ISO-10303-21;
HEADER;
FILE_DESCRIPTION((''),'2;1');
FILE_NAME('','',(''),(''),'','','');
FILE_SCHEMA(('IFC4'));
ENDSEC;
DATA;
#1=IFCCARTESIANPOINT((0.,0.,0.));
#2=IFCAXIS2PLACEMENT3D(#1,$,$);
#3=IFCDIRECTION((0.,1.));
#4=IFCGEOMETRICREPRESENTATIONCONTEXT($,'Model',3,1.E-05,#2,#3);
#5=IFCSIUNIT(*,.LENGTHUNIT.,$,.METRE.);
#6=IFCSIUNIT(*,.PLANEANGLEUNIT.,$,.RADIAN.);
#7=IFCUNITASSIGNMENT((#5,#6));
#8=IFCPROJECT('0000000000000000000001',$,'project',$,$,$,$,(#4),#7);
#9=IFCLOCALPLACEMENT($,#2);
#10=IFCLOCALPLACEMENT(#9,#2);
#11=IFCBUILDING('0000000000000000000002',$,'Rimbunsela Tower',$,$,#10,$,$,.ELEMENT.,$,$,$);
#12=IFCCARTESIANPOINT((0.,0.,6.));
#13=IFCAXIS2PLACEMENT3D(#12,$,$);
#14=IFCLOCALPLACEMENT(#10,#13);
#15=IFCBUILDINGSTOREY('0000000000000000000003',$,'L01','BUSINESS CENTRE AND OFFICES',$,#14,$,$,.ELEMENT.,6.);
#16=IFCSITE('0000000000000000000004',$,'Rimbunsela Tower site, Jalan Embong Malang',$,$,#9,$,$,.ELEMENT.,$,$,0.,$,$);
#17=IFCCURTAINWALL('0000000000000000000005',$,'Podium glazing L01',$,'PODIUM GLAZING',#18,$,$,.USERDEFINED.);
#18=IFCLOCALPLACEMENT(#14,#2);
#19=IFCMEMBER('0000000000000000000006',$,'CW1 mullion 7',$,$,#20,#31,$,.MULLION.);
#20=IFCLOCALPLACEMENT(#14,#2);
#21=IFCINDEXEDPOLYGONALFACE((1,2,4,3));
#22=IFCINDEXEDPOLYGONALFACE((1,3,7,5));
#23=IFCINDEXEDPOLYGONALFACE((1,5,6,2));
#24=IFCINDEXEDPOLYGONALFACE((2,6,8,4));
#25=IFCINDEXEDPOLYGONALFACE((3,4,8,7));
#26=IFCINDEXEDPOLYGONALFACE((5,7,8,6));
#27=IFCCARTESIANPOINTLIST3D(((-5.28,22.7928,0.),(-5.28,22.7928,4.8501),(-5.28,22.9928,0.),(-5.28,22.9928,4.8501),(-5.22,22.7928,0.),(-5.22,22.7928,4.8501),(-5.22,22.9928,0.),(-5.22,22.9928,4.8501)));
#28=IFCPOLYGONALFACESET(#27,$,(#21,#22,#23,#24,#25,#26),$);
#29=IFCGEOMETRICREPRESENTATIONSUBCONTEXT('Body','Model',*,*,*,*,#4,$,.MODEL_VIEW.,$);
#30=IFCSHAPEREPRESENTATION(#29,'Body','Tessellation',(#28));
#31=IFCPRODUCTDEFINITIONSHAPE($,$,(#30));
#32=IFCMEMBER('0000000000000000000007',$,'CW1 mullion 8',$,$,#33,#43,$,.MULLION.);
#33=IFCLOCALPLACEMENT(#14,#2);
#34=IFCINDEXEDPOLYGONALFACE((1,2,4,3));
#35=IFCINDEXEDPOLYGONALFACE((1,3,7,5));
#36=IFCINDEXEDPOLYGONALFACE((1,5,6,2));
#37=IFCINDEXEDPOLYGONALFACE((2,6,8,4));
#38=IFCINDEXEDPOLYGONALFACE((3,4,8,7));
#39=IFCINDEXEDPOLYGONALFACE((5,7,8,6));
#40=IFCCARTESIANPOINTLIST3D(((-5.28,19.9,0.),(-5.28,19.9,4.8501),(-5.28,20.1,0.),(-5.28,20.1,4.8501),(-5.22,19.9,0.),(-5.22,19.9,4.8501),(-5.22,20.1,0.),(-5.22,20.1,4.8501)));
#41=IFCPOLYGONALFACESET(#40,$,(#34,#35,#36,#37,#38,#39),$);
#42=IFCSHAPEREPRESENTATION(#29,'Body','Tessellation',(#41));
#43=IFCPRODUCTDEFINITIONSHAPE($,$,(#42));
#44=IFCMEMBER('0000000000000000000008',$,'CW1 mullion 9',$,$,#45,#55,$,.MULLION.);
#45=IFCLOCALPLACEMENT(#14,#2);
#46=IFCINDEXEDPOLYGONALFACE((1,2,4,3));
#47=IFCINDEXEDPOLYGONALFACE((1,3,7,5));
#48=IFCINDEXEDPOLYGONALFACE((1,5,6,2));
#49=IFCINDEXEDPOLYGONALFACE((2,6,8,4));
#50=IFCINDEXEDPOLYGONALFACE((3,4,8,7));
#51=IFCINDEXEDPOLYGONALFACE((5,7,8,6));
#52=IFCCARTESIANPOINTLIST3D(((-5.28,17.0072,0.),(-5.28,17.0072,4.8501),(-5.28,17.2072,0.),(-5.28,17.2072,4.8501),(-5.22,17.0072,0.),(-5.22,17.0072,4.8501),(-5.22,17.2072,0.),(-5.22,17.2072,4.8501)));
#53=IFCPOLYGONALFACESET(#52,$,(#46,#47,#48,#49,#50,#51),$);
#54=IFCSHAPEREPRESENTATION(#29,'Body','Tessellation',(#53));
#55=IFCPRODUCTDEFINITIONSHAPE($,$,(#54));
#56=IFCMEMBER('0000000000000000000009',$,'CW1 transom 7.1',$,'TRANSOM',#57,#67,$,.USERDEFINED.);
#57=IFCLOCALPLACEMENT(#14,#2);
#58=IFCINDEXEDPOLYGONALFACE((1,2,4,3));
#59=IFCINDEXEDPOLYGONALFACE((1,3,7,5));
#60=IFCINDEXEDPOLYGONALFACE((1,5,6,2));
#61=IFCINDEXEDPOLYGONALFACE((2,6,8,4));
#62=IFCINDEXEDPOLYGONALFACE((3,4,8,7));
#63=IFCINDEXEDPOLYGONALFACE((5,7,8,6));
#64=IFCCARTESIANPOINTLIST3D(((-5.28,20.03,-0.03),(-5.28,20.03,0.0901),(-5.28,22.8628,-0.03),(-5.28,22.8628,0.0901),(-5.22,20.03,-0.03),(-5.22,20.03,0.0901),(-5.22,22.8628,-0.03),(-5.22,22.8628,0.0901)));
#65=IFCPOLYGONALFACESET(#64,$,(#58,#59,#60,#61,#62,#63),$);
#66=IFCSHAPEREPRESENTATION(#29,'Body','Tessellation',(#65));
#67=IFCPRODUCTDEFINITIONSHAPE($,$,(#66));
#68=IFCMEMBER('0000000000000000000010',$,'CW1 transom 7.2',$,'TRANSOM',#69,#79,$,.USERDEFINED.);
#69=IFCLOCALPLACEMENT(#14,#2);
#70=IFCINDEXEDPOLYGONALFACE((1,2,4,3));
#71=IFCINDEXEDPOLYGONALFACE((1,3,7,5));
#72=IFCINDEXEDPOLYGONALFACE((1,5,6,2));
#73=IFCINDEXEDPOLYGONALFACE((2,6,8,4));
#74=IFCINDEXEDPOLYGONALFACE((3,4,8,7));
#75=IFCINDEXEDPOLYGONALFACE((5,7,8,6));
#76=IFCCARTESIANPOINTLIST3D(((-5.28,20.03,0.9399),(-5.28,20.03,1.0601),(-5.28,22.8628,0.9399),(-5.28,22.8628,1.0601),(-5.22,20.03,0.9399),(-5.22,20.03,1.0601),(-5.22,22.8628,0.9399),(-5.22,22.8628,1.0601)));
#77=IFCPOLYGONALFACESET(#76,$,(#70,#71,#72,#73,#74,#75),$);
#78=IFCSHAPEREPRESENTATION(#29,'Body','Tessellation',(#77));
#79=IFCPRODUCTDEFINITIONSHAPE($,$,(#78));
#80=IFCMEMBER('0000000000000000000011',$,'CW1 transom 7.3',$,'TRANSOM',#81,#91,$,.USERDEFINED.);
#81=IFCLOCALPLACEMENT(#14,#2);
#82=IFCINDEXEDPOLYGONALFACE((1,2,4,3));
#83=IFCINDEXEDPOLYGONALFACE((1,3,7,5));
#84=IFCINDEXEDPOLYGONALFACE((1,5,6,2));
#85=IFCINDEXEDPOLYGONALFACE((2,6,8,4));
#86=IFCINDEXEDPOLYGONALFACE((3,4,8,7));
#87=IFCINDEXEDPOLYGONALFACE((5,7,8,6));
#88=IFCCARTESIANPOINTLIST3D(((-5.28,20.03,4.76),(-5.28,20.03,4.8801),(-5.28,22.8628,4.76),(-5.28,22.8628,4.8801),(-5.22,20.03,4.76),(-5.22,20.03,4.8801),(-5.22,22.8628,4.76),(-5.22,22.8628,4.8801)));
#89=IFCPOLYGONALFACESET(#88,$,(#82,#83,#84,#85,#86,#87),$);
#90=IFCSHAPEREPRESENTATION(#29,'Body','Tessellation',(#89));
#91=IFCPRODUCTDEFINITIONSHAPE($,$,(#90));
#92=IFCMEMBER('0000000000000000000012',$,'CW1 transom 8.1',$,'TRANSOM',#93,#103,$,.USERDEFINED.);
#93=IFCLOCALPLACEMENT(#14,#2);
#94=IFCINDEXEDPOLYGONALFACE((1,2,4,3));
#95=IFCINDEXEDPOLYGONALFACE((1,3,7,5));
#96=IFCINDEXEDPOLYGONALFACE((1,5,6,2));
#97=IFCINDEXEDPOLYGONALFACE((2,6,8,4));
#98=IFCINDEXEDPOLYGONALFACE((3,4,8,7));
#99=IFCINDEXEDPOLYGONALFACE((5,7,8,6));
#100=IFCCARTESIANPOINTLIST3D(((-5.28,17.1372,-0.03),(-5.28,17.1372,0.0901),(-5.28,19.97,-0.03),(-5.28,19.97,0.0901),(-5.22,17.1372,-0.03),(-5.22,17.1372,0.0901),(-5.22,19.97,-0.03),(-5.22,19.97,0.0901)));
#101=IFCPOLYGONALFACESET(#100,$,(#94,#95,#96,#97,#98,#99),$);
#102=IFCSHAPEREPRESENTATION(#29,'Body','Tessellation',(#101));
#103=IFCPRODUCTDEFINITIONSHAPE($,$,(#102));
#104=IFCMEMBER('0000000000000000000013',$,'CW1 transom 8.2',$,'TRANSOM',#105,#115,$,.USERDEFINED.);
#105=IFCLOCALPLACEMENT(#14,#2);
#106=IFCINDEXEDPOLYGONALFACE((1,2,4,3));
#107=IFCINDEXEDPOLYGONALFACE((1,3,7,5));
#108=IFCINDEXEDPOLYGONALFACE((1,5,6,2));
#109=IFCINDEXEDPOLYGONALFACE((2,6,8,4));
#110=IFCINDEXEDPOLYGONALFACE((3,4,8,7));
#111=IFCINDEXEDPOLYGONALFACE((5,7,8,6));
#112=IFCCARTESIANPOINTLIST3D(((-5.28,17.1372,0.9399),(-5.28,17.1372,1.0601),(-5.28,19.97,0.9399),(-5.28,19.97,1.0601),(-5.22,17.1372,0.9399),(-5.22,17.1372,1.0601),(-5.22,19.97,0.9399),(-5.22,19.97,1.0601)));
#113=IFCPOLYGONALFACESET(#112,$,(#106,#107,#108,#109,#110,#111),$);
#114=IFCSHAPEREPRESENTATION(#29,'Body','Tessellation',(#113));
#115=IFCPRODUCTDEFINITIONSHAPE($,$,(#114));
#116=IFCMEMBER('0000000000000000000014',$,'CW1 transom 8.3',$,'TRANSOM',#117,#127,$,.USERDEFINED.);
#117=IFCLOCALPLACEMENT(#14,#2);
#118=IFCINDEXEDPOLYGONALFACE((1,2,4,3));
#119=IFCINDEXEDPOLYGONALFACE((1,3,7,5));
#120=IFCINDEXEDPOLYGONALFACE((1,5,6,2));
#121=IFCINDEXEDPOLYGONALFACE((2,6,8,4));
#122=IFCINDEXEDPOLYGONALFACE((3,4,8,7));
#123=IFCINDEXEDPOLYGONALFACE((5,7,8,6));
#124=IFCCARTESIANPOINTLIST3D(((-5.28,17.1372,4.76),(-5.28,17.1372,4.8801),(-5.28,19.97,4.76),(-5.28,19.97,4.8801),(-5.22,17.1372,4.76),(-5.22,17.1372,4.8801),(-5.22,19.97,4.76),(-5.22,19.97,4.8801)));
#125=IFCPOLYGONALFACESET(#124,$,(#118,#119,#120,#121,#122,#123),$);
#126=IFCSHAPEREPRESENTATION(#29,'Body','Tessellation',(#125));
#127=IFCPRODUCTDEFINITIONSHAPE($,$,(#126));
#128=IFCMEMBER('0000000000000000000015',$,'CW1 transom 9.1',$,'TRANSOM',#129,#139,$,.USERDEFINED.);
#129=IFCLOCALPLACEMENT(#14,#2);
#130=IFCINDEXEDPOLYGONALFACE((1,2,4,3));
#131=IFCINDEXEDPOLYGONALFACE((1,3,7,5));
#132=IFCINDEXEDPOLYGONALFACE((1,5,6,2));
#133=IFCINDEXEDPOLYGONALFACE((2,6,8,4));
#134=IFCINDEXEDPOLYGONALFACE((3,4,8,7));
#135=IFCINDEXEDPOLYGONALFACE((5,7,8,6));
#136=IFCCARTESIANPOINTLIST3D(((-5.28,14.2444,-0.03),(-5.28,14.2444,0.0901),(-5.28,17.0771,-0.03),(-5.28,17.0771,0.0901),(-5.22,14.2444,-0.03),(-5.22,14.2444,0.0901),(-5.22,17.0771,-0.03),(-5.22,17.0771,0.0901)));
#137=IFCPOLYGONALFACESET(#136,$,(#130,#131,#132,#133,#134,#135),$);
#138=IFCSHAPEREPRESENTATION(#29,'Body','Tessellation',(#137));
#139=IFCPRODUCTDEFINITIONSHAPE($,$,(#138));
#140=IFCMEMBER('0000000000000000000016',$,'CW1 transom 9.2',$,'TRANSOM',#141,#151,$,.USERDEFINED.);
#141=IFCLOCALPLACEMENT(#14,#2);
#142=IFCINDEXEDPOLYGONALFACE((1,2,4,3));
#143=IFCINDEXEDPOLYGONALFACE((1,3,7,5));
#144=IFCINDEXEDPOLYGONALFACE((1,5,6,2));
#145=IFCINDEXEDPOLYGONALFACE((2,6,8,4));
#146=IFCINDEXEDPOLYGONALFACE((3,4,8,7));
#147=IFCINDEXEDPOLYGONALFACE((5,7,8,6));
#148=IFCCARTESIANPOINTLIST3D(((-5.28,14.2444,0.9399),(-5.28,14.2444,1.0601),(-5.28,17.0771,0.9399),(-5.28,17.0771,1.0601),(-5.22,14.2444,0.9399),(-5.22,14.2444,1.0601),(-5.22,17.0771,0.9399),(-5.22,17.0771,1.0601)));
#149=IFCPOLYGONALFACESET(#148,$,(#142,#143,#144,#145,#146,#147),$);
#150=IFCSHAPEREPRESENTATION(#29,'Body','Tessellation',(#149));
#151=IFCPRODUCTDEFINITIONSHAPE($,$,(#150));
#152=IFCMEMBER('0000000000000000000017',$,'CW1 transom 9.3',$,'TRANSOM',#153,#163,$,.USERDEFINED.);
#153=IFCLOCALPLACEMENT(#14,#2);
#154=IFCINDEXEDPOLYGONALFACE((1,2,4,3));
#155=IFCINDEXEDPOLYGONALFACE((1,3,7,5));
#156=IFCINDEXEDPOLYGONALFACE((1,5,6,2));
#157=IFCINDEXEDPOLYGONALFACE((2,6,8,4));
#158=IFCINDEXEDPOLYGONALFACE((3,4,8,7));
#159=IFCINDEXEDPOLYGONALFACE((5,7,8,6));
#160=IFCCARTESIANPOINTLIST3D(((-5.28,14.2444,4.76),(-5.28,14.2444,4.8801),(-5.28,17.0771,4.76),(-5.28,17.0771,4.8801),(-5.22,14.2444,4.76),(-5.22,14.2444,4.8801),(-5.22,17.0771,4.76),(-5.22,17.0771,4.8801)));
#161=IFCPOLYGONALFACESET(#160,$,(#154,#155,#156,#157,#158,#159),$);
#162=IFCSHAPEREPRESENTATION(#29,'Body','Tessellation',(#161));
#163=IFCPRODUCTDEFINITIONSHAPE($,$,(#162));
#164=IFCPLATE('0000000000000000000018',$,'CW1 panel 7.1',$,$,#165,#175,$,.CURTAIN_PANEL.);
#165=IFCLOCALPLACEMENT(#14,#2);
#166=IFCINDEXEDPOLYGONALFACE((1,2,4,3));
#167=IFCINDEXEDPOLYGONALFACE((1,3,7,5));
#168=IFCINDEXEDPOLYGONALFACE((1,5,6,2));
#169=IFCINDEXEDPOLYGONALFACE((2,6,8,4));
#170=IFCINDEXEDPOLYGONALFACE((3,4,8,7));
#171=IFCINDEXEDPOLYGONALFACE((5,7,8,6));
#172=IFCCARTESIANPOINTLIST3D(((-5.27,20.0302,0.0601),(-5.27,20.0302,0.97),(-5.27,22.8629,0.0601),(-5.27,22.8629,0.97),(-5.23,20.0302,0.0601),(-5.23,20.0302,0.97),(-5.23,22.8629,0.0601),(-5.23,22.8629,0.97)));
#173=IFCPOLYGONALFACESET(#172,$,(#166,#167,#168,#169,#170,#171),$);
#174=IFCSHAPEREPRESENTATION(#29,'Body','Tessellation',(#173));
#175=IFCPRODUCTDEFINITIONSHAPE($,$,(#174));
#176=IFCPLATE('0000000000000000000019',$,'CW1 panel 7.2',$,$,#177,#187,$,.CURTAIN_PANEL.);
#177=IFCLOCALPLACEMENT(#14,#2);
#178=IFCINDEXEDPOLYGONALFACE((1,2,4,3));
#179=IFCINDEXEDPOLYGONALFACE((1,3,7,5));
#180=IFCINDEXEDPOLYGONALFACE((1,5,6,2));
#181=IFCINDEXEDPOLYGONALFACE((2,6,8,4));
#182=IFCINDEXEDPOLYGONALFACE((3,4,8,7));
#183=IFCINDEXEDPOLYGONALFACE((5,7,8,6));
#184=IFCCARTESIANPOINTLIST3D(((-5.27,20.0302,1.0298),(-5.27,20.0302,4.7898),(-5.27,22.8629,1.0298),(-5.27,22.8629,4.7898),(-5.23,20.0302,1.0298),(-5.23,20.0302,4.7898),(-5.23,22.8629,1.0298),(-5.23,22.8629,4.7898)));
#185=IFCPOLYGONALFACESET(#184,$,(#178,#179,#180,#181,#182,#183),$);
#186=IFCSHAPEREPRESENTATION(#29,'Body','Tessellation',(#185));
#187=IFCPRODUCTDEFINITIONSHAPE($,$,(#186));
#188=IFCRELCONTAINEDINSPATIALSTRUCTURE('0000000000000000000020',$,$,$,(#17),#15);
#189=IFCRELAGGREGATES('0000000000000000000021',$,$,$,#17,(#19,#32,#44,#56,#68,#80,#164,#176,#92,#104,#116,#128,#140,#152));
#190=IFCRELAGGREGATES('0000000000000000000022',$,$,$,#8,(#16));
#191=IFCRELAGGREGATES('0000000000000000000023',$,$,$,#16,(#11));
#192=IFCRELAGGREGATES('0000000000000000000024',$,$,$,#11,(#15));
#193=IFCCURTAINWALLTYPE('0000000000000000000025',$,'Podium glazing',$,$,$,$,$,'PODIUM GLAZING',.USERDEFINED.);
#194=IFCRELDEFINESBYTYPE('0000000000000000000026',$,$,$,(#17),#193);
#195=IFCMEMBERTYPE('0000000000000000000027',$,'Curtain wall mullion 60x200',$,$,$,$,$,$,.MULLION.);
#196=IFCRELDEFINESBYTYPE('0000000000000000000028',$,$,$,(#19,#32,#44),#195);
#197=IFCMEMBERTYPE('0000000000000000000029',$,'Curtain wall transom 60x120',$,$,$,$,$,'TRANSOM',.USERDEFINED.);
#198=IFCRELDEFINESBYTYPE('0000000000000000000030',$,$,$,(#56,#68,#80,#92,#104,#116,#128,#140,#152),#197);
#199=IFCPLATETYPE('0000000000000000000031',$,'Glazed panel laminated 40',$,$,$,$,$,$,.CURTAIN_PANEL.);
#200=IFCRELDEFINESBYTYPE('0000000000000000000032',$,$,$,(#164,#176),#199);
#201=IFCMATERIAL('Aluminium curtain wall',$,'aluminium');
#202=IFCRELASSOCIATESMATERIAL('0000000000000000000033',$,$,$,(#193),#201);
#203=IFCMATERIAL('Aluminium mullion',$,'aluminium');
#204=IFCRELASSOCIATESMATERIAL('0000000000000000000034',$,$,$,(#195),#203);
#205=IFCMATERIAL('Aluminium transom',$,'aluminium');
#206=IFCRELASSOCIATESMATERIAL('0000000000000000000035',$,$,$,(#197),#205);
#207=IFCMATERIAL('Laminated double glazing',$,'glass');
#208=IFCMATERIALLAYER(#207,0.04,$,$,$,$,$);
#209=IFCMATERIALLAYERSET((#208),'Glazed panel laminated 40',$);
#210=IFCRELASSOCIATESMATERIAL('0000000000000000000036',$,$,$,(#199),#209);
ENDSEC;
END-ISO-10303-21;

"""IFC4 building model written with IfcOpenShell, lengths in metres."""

from ifc_helpers import new_model, si_unit, direction, frame, origin, origin_2d, place, context, subcontext, project, spatial, rectangle, extrude, material, layer, layer_set, material_profile, profile_set, type_object, element, aggregate, save


model = new_model("IFC4")

# Units and contexts
model_context = context("Model", 3, precision=1e-05, world=origin(), true_north=direction((0.0, 1.0)))
body_context = subcontext(model_context, "Body", "Model", "MODEL_VIEW")
ifc_project = project(units=[si_unit("LENGTHUNIT", "METRE"), si_unit("PLANEANGLEUNIT", "RADIAN")], contexts=[model_context])

# Site, building, storey
site_placement = place(None, origin())
site = spatial("IfcSite", under=ifc_project, at=site_placement, Name="Rimbunsela Tower site, Jalan Embong Malang", CompositionType="ELEMENT", RefElevation=0.0)
building_placement = place(site_placement, origin())
building = spatial("IfcBuilding", under=site, at=building_placement, Name="Rimbunsela Tower", CompositionType="ELEMENT")
storey_placement = place(building_placement, frame((0.0, 0.0, 6.0)))
storey = spatial("IfcBuildingStorey", under=building, at=storey_placement, Name="L01", Description="BUSINESS CENTRE AND OFFICES", CompositionType="ELEMENT", Elevation=6.0)

# Curtain wall, members, plates
ifc_material_1 = material(Name="Aluminium curtain wall", Category="aluminium")
curtain_wall_type = type_object("IfcCurtainWallType", Name="Podium glazing", ElementType="PODIUM GLAZING", PredefinedType="USERDEFINED", material=ifc_material_1)
curtain_wall_placement = place(storey_placement, origin())
curtain_wall = element("IfcCurtainWall", 1, at=curtain_wall_placement, inside=storey, type_object=curtain_wall_type, Name="Podium glazing L01", ObjectType="PODIUM GLAZING", PredefinedType="USERDEFINED")
ifc_material_2 = material(Name="Aluminium mullion", Category="aluminium")
ifc_material_profile_1 = material_profile(ifc_material_2, rectangle(XDim=0.0601, YDim=0.2, at=origin_2d()), Name="Mullion 60x200")
ifc_profile_set_1 = profile_set([ifc_material_profile_1], Name="Aluminium mullion")
member_type_1 = type_object("IfcMemberType", Name="Curtain wall mullion 60x200", PredefinedType="MULLION", material=ifc_profile_set_1)
member_1_placement = place(storey_placement, frame((-5.25, 22.8928, 0.0), z_axis=(0.0, 0.0, 1.0), x_axis=(1.0, 0.0, 0.0)))
member_1 = element("IfcMember", 2, at=member_1_placement, type_object=member_type_1, Name="CW1 mullion 7", PredefinedType="MULLION", context=body_context, shape_type="SweptSolid", body=[
    extrude(rectangle(XDim=0.0601, YDim=0.2, at=origin_2d()), origin(), (0.0, 0.0, 1.0), 4.8501),
])
member_2_placement = place(storey_placement, frame((-5.25, 20.0, 0.0), z_axis=(0.0, 0.0, 1.0), x_axis=(1.0, 0.0, 0.0)))
member_2 = element("IfcMember", 3, at=member_2_placement, type_object=member_type_1, Name="CW1 mullion 8", PredefinedType="MULLION", context=body_context, shape_type="SweptSolid", body=[
    extrude(rectangle(XDim=0.0601, YDim=0.2, at=origin_2d()), origin(), (0.0, 0.0, 1.0), 4.8501),
])
member_3_placement = place(storey_placement, frame((-5.25, 17.1072, 0.0), z_axis=(0.0, 0.0, 1.0), x_axis=(1.0, 0.0, 0.0)))
member_3 = element("IfcMember", 4, at=member_3_placement, type_object=member_type_1, Name="CW1 mullion 9", PredefinedType="MULLION", context=body_context, shape_type="SweptSolid", body=[
    extrude(rectangle(XDim=0.0601, YDim=0.2, at=origin_2d()), origin(), (0.0, 0.0, 1.0), 4.8501),
])
ifc_material_3 = material(Name="Aluminium transom", Category="aluminium")
ifc_material_profile_2 = material_profile(ifc_material_3, rectangle(XDim=0.0601, YDim=0.1201, at=origin_2d()), Name="Transom 60x120")
ifc_profile_set_2 = profile_set([ifc_material_profile_2], Name="Aluminium transom")
member_type_2 = type_object("IfcMemberType", Name="Curtain wall transom 60x120", ElementType="TRANSOM", PredefinedType="USERDEFINED", material=ifc_profile_set_2)
member_4_placement = place(storey_placement, frame((-5.25, 22.8628, 0.03), z_axis=(0.0, -1.0, 0.0), x_axis=(1.0, 0.0, 0.0)))
member_4 = element("IfcMember", 5, at=member_4_placement, type_object=member_type_2, Name="CW1 transom 7.1", ObjectType="TRANSOM", PredefinedType="USERDEFINED", context=body_context, shape_type="SweptSolid", body=[
    extrude(rectangle(XDim=0.0601, YDim=0.1201, at=origin_2d()), origin(), (0.0, 0.0, 1.0), 2.8328),
])
member_5_placement = place(storey_placement, frame((-5.25, 22.8628, 1.0), z_axis=(0.0, -1.0, 0.0), x_axis=(1.0, 0.0, 0.0)))
member_5 = element("IfcMember", 6, at=member_5_placement, type_object=member_type_2, Name="CW1 transom 7.2", ObjectType="TRANSOM", PredefinedType="USERDEFINED", context=body_context, shape_type="SweptSolid", body=[
    extrude(rectangle(XDim=0.0601, YDim=0.1201, at=origin_2d()), origin(), (0.0, 0.0, 1.0), 2.8328),
])
member_6_placement = place(storey_placement, frame((-5.25, 22.8628, 4.8201), z_axis=(0.0, -1.0, 0.0), x_axis=(1.0, 0.0, 0.0)))
member_6 = element("IfcMember", 7, at=member_6_placement, type_object=member_type_2, Name="CW1 transom 7.3", ObjectType="TRANSOM", PredefinedType="USERDEFINED", context=body_context, shape_type="SweptSolid", body=[
    extrude(rectangle(XDim=0.0601, YDim=0.1201, at=origin_2d()), origin(), (0.0, 0.0, 1.0), 2.8328),
])
member_7_placement = place(storey_placement, frame((-5.25, 19.97, 0.03), z_axis=(0.0, -1.0, 0.0), x_axis=(1.0, 0.0, 0.0)))
member_7 = element("IfcMember", 8, at=member_7_placement, type_object=member_type_2, Name="CW1 transom 8.1", ObjectType="TRANSOM", PredefinedType="USERDEFINED", context=body_context, shape_type="SweptSolid", body=[
    extrude(rectangle(XDim=0.0601, YDim=0.1201, at=origin_2d()), origin(), (0.0, 0.0, 1.0), 2.8328),
])
member_8_placement = place(storey_placement, frame((-5.25, 19.97, 1.0), z_axis=(0.0, -1.0, 0.0), x_axis=(1.0, 0.0, 0.0)))
member_8 = element("IfcMember", 9, at=member_8_placement, type_object=member_type_2, Name="CW1 transom 8.2", ObjectType="TRANSOM", PredefinedType="USERDEFINED", context=body_context, shape_type="SweptSolid", body=[
    extrude(rectangle(XDim=0.0601, YDim=0.1201, at=origin_2d()), origin(), (0.0, 0.0, 1.0), 2.8328),
])
member_9_placement = place(storey_placement, frame((-5.25, 19.97, 4.8201), z_axis=(0.0, -1.0, 0.0), x_axis=(1.0, 0.0, 0.0)))
member_9 = element("IfcMember", 10, at=member_9_placement, type_object=member_type_2, Name="CW1 transom 8.3", ObjectType="TRANSOM", PredefinedType="USERDEFINED", context=body_context, shape_type="SweptSolid", body=[
    extrude(rectangle(XDim=0.0601, YDim=0.1201, at=origin_2d()), origin(), (0.0, 0.0, 1.0), 2.8328),
])
member_10_placement = place(storey_placement, frame((-5.25, 17.0771, 0.03), z_axis=(0.0, -1.0, 0.0), x_axis=(1.0, 0.0, 0.0)))
member_10 = element("IfcMember", 11, at=member_10_placement, type_object=member_type_2, Name="CW1 transom 9.1", ObjectType="TRANSOM", PredefinedType="USERDEFINED", context=body_context, shape_type="SweptSolid", body=[
    extrude(rectangle(XDim=0.0601, YDim=0.1201, at=origin_2d()), origin(), (0.0, 0.0, 1.0), 2.8328),
])
member_11_placement = place(storey_placement, frame((-5.25, 17.0771, 1.0), z_axis=(0.0, -1.0, 0.0), x_axis=(1.0, 0.0, 0.0)))
member_11 = element("IfcMember", 12, at=member_11_placement, type_object=member_type_2, Name="CW1 transom 9.2", ObjectType="TRANSOM", PredefinedType="USERDEFINED", context=body_context, shape_type="SweptSolid", body=[
    extrude(rectangle(XDim=0.0601, YDim=0.1201, at=origin_2d()), origin(), (0.0, 0.0, 1.0), 2.8328),
])
member_12_placement = place(storey_placement, frame((-5.25, 17.0771, 4.8201), z_axis=(0.0, -1.0, 0.0), x_axis=(1.0, 0.0, 0.0)))
member_12 = element("IfcMember", 13, at=member_12_placement, type_object=member_type_2, Name="CW1 transom 9.3", ObjectType="TRANSOM", PredefinedType="USERDEFINED", context=body_context, shape_type="SweptSolid", body=[
    extrude(rectangle(XDim=0.0601, YDim=0.1201, at=origin_2d()), origin(), (0.0, 0.0, 1.0), 2.8328),
])
ifc_material_4 = material(Name="Laminated double glazing", Category="glass")
ifc_layer = layer(ifc_material_4, 0.04)
ifc_layer_set = layer_set([ifc_layer], Name="Glazed panel laminated 40")
plate_type = type_object("IfcPlateType", Name="Glazed panel laminated 40", PredefinedType="CURTAIN_PANEL", material=ifc_layer_set)
plate_1_placement = place(storey_placement, frame((-5.25, 21.4465, 0.0601), z_axis=(0.0, 0.0, 1.0), x_axis=(0.0, -1.0, 0.0)))
plate_1 = element("IfcPlate", 14, at=plate_1_placement, type_object=plate_type, Name="CW1 panel 7.1", PredefinedType="CURTAIN_PANEL", context=body_context, shape_type="SweptSolid", body=[
    extrude(rectangle(XDim=2.8328, YDim=0.04, at=origin_2d()), origin(), (0.0, 0.0, 1.0), 0.9099),
])
plate_2_placement = place(storey_placement, frame((-5.25, 21.4465, 1.0298), z_axis=(0.0, 0.0, 1.0), x_axis=(0.0, -1.0, 0.0)))
plate_2 = element("IfcPlate", 15, at=plate_2_placement, type_object=plate_type, Name="CW1 panel 7.2", PredefinedType="CURTAIN_PANEL", context=body_context, shape_type="SweptSolid", body=[
    extrude(rectangle(XDim=2.8328, YDim=0.04, at=origin_2d()), origin(), (0.0, 0.0, 1.0), 3.76),
])
aggregate(curtain_wall, [member_1, member_2, member_3, member_4, member_5, member_6, plate_1, plate_2, member_7, member_8, member_9, member_10, member_11, member_12])

save(model, "model.ifc")
